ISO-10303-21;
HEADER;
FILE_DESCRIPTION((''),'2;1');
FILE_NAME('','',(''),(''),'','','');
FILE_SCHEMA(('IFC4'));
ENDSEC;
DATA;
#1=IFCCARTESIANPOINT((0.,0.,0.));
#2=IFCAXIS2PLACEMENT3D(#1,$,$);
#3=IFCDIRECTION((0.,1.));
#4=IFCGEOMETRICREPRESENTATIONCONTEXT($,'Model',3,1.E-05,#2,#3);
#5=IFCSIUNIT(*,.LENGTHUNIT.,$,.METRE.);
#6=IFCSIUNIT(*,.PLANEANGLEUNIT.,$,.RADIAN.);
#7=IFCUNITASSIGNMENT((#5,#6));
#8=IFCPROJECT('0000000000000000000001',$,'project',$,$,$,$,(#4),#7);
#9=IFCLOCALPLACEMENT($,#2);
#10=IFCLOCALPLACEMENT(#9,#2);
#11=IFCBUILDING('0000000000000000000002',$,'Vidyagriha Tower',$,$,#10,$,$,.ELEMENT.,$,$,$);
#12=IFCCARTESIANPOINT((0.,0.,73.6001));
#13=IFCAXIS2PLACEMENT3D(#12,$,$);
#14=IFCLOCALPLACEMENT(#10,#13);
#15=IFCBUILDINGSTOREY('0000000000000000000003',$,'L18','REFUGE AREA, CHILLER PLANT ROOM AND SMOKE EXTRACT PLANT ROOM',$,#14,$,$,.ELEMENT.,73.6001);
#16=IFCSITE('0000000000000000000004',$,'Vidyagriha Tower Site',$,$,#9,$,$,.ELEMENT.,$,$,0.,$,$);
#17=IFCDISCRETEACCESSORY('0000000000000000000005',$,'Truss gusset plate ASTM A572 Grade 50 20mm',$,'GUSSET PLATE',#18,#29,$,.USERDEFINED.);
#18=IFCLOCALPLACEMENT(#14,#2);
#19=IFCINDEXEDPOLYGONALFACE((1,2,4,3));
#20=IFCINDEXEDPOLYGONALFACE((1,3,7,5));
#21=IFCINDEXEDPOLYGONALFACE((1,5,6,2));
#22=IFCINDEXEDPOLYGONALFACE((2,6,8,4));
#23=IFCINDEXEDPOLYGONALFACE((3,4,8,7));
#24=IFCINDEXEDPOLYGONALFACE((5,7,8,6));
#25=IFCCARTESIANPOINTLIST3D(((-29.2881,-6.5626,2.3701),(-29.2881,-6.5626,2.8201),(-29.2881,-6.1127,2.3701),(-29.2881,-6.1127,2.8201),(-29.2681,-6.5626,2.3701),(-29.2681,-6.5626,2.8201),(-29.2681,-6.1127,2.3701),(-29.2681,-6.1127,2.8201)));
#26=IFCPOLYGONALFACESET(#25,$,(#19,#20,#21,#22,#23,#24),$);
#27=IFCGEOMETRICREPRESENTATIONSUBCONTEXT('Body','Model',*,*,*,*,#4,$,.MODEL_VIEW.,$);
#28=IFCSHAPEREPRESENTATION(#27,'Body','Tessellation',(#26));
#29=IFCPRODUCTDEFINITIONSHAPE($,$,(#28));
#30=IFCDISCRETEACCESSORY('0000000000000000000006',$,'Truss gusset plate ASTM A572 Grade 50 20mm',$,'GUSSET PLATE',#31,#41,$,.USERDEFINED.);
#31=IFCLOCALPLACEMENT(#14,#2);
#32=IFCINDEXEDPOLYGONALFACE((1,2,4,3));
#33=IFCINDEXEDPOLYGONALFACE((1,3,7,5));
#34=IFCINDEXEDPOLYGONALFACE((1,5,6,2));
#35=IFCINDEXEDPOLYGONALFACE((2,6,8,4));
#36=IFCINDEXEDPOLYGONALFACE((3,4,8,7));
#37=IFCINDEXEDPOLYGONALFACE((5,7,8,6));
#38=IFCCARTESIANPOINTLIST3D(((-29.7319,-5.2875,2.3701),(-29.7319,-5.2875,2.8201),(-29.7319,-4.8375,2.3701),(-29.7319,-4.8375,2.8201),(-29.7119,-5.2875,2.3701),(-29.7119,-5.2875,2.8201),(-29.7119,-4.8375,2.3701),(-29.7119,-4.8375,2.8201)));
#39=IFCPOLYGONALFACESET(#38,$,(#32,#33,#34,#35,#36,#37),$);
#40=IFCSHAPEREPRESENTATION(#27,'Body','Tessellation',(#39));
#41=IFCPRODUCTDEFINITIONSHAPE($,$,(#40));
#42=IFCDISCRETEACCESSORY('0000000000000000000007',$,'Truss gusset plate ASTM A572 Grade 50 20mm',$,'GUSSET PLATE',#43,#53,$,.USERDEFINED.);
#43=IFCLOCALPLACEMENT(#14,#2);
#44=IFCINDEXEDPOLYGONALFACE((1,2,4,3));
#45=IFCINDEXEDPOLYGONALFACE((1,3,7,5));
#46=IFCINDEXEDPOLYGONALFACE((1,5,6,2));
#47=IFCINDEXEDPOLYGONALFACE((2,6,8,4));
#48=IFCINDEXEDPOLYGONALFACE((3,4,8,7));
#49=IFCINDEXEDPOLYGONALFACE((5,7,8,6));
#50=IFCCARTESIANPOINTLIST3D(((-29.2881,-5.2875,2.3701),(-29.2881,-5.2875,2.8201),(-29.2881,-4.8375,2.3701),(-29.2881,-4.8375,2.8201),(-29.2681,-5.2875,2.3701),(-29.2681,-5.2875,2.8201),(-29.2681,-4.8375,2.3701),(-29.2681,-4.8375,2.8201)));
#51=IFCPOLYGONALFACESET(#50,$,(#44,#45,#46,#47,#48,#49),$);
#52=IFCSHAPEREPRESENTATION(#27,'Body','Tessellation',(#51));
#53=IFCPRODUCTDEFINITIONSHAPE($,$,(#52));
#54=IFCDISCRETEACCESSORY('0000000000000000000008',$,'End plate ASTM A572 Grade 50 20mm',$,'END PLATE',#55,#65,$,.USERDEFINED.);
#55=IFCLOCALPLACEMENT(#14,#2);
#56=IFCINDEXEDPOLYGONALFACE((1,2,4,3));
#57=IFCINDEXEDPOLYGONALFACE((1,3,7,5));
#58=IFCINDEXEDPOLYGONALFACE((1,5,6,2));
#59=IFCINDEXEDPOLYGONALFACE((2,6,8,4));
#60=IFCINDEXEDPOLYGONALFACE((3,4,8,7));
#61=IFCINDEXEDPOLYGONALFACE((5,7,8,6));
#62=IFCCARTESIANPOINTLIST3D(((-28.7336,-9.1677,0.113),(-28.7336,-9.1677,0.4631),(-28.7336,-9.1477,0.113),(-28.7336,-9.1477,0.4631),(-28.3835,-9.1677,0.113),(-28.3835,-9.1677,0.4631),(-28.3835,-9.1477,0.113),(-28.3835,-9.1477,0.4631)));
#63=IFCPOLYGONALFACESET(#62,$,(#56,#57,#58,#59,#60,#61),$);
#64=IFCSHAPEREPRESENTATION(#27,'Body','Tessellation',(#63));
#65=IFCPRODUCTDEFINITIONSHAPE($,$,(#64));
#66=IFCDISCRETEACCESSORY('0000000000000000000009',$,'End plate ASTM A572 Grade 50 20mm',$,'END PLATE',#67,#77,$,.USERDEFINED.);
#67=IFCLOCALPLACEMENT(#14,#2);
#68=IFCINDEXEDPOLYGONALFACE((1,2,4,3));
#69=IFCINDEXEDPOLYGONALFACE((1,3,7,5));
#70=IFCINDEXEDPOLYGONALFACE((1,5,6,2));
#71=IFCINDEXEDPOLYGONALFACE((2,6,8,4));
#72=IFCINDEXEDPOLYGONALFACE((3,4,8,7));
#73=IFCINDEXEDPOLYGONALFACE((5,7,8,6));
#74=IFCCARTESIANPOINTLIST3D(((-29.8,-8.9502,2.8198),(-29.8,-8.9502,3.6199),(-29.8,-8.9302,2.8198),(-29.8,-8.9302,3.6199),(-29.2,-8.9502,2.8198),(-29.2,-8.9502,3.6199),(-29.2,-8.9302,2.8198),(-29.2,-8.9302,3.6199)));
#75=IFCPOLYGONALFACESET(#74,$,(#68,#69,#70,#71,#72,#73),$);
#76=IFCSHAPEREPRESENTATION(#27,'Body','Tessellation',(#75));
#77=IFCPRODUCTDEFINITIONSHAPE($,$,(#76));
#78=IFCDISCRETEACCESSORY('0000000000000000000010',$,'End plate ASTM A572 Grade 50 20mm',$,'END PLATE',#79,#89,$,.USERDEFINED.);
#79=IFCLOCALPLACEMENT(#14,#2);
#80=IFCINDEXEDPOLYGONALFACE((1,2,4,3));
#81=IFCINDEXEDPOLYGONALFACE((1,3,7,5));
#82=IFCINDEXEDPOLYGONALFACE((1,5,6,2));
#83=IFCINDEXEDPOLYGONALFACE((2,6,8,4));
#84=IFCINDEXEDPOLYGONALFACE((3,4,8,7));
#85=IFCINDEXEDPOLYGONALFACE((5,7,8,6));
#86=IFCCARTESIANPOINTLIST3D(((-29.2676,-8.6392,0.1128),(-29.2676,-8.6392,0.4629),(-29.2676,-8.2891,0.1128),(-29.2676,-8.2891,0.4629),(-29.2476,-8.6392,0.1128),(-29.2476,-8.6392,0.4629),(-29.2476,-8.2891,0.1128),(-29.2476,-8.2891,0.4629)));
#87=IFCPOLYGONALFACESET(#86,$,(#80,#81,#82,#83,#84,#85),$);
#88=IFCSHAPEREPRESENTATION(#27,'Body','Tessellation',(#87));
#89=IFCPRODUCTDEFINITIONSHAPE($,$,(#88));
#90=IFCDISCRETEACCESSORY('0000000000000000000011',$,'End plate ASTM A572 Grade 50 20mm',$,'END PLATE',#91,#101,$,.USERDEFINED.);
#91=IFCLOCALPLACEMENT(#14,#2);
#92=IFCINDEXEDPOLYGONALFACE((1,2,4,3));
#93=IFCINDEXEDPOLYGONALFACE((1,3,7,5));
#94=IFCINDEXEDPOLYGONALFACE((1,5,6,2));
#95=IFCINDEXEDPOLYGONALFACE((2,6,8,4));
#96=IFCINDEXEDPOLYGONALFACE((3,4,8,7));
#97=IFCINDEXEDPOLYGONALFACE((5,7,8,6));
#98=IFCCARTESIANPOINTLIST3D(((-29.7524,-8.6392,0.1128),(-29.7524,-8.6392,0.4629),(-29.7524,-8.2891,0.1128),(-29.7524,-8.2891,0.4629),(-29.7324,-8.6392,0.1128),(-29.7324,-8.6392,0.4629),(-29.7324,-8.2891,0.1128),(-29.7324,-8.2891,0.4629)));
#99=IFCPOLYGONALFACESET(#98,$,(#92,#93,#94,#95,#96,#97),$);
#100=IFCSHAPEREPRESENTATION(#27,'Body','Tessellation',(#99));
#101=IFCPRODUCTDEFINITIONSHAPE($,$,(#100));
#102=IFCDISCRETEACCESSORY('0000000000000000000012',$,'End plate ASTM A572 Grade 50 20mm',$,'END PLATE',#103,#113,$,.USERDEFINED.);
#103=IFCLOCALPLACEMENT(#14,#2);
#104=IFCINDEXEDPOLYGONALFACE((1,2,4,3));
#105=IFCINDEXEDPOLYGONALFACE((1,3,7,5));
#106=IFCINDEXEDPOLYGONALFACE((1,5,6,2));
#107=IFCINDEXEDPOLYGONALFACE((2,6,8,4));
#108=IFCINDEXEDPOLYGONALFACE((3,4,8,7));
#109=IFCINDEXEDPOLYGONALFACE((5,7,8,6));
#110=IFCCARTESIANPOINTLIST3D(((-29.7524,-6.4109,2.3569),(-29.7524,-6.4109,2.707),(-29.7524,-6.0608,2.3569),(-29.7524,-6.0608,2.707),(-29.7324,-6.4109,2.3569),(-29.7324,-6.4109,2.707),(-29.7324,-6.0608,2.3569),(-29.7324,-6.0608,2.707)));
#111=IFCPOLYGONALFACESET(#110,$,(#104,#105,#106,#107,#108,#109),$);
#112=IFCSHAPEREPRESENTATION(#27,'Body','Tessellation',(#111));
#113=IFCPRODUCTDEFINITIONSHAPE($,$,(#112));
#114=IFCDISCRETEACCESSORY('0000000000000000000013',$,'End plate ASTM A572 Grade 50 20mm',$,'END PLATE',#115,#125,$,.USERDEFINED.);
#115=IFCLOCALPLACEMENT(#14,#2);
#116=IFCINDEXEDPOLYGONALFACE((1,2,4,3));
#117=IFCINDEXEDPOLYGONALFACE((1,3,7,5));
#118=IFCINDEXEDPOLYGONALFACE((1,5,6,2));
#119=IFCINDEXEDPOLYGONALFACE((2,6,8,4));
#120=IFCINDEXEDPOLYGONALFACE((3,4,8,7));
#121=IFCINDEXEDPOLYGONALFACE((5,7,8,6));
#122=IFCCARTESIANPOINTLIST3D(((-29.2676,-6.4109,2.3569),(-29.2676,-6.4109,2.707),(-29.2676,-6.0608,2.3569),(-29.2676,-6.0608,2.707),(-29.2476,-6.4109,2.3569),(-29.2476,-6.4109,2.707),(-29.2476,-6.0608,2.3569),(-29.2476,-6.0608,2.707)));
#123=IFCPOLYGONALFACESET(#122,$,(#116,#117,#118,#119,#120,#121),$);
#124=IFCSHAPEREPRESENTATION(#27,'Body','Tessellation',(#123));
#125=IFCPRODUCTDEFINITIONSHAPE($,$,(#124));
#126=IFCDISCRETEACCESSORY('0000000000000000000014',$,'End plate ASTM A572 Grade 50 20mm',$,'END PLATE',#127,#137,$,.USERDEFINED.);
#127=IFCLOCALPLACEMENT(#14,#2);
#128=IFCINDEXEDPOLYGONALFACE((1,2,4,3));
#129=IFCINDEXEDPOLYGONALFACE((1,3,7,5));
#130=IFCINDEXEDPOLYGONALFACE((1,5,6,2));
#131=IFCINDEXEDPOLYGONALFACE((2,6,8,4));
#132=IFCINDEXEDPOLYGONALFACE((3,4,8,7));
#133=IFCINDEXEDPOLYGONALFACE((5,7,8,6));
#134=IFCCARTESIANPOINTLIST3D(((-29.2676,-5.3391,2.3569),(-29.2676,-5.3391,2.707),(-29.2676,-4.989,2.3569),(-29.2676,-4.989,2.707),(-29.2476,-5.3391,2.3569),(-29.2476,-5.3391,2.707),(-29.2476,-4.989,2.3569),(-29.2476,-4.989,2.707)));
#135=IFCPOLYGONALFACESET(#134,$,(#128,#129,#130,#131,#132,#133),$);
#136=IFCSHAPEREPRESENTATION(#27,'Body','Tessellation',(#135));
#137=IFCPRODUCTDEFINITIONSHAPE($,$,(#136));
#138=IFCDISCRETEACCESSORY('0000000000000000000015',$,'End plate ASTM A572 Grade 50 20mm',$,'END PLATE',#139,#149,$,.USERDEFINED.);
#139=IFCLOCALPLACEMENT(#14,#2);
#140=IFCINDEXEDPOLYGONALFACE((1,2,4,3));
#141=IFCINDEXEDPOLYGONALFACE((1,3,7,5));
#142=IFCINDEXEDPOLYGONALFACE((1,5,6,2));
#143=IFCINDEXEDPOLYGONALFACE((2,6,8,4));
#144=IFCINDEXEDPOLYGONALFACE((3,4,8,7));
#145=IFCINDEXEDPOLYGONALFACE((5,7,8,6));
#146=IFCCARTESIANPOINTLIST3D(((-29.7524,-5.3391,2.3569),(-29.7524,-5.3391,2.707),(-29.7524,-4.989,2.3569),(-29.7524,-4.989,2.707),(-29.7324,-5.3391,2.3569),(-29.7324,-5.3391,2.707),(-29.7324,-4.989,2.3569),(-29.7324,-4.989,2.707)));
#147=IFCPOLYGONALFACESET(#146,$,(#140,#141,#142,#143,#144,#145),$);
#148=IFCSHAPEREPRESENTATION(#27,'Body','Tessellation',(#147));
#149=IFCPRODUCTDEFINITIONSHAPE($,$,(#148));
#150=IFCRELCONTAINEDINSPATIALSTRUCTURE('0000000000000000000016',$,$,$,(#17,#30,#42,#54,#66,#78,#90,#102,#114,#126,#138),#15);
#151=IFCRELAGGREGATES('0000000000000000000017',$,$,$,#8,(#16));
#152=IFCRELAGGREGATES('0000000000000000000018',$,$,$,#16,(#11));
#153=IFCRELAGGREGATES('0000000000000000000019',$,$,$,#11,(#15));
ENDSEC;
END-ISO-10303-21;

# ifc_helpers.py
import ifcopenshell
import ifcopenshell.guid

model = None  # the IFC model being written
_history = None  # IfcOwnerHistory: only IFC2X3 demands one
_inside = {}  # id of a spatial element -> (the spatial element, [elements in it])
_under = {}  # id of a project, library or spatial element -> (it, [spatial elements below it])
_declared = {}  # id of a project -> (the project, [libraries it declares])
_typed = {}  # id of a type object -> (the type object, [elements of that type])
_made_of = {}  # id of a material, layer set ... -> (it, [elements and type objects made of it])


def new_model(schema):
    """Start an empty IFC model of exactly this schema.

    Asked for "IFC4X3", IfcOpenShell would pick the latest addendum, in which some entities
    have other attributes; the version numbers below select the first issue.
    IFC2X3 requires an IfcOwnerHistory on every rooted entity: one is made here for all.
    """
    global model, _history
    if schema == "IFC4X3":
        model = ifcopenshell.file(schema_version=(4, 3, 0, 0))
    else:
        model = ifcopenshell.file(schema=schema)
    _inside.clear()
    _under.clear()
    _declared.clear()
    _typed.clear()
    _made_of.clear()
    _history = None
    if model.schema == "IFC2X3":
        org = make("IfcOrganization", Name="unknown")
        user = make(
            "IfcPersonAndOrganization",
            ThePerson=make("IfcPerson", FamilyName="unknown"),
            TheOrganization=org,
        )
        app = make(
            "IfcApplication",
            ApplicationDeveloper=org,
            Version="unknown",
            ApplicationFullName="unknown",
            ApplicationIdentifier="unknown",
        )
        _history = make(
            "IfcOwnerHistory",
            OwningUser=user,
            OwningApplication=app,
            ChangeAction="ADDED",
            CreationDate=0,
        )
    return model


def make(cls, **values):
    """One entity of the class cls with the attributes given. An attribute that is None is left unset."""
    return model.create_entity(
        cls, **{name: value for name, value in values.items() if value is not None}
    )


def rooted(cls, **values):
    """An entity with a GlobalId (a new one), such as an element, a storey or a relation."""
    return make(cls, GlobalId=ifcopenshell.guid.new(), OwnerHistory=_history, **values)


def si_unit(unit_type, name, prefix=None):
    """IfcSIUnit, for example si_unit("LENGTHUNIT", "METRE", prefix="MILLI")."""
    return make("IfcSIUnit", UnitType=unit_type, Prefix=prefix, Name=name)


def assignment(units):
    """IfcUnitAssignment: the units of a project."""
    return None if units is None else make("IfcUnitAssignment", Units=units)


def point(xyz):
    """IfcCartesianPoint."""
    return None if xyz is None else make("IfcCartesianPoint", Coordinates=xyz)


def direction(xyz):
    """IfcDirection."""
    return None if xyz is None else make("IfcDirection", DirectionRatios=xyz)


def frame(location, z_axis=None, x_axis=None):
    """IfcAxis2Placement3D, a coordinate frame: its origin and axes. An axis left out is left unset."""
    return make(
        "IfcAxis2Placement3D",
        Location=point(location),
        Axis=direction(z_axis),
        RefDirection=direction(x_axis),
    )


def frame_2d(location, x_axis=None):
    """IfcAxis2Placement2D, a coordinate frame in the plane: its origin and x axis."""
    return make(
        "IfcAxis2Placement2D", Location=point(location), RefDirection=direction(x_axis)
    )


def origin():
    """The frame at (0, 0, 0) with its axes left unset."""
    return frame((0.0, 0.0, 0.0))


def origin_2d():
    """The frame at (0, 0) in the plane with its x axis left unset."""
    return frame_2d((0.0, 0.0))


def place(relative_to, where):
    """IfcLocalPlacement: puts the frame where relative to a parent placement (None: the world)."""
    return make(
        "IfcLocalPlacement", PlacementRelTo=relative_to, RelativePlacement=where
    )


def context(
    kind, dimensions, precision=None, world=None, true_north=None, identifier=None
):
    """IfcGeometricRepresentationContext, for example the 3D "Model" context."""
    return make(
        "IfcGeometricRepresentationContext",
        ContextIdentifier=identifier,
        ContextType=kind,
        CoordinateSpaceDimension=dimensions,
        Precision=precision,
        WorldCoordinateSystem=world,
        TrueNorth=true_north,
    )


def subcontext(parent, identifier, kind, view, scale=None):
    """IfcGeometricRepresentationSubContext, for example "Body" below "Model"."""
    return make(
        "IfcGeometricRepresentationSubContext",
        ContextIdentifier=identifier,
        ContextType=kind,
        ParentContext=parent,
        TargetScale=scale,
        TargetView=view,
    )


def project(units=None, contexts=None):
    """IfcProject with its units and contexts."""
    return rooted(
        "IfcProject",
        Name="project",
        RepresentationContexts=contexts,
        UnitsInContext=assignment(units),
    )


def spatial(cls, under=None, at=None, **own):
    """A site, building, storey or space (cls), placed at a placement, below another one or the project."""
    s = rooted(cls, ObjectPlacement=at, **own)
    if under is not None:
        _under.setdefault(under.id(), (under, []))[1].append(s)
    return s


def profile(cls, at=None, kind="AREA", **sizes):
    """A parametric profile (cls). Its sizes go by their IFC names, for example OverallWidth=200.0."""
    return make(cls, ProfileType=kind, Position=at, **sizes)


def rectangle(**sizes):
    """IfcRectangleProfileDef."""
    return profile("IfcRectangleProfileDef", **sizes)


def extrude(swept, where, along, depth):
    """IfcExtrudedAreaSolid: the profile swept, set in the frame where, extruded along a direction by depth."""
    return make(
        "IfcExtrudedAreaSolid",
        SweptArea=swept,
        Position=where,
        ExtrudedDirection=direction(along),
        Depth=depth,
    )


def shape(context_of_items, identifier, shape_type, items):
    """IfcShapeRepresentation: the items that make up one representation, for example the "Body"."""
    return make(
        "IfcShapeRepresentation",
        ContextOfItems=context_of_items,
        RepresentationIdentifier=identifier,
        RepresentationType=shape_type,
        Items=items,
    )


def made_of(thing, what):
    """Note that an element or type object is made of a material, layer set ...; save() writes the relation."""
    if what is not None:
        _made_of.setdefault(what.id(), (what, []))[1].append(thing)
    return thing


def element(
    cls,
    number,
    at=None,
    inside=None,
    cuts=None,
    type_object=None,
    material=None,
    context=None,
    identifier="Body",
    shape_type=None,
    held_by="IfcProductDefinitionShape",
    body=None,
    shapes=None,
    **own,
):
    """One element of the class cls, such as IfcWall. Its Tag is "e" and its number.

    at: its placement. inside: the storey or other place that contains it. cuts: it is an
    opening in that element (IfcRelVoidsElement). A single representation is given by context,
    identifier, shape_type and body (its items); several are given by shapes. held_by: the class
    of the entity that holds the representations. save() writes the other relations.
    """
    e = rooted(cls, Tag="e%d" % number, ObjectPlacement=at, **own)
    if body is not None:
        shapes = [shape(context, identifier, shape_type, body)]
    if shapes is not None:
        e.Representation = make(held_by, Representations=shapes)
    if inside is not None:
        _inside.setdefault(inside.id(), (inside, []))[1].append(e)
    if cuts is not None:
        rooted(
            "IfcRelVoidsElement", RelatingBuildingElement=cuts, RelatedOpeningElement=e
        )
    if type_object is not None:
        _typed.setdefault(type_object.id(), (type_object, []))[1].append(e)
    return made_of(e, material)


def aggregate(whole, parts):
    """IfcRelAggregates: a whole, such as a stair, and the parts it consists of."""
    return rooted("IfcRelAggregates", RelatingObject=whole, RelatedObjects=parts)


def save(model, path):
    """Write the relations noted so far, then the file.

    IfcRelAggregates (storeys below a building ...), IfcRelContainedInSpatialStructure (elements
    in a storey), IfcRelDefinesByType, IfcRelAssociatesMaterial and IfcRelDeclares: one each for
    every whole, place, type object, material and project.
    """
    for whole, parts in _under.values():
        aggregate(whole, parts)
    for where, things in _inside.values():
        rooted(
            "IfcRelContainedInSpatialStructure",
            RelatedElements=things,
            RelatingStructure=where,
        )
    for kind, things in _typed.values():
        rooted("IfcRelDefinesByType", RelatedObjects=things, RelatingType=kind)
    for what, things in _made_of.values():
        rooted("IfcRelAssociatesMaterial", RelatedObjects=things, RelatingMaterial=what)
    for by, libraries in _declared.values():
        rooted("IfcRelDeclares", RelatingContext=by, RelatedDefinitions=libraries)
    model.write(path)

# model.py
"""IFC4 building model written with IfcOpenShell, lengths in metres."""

from ifc_helpers import new_model, si_unit, direction, frame, origin, origin_2d, place, context, subcontext, project, spatial, rectangle, extrude, element, save


model = new_model("IFC4")

# Units and contexts
model_context = context("Model", 3, precision=1e-05, world=origin(), true_north=direction((0.0, 1.0)))
body_context = subcontext(model_context, "Body", "Model", "MODEL_VIEW")
ifc_project = project(units=[si_unit("LENGTHUNIT", "METRE"), si_unit("PLANEANGLEUNIT", "RADIAN")], contexts=[model_context])

# Site, building, storey
site_placement = place(None, origin())
site = spatial("IfcSite", under=ifc_project, at=site_placement, Name="Vidyagriha Tower Site", CompositionType="ELEMENT", RefElevation=0.0)
building_placement = place(site_placement, origin())
building = spatial("IfcBuilding", under=site, at=building_placement, Name="Vidyagriha Tower", CompositionType="ELEMENT")
storey_placement = place(building_placement, frame((0.0, 0.0, 73.6001)))
storey = spatial("IfcBuildingStorey", under=building, at=storey_placement, Name="L18", Description="REFUGE AREA, CHILLER PLANT ROOM AND SMOKE EXTRACT PLANT ROOM", CompositionType="ELEMENT", Elevation=73.6001)

# Discrete accessories
for number, where, z_axis, x_axis, name in (
    (1, (-29.2781, -6.3376, 2.3701), (0.0, 0.0, 1.0), (0.0, 1.0, 0.0), "Truss gusset plate ASTM A572 Grade 50 20mm"),
    (2, (-29.7219, -5.0625, 2.3701), (0.0, 0.0, 1.0), (0.0, 1.0, 0.0), "Truss gusset plate ASTM A572 Grade 50 20mm"),
    (3, (-29.2781, -5.0625, 2.3701), (0.0, 0.0, 1.0), (0.0, 1.0, 0.0), "Truss gusset plate ASTM A572 Grade 50 20mm"),
):
    element("IfcDiscreteAccessory", number, at=place(storey_placement, frame(where, z_axis=z_axis, x_axis=x_axis)), inside=storey, Name=name, ObjectType="GUSSET PLATE", PredefinedType="USERDEFINED", context=body_context, shape_type="SweptSolid", body=[
        extrude(rectangle(XDim=0.45, YDim=0.02, at=origin_2d()), origin(), (0.0, 0.0, 1.0), 0.45),
    ])
discrete_accessory_1_placement = place(storey_placement, frame((-28.5586, -9.1577, 0.113), z_axis=(0.0, 0.0, 1.0), x_axis=(-1.0, 0.0, 0.0)))
element("IfcDiscreteAccessory", 4, at=discrete_accessory_1_placement, inside=storey, Name="End plate ASTM A572 Grade 50 20mm", ObjectType="END PLATE", PredefinedType="USERDEFINED", context=body_context, shape_type="SweptSolid", body=[
    extrude(rectangle(XDim=0.3501, YDim=0.02, at=origin_2d()), origin(), (0.0, 0.0, 1.0), 0.3501),
])
discrete_accessory_2_placement = place(storey_placement, frame((-29.5, -8.9402, 2.8198), z_axis=(0.0, 0.0, 1.0), x_axis=(0.0, -1.0, 0.0)))
element("IfcDiscreteAccessory", 5, at=discrete_accessory_2_placement, inside=storey, Name="End plate ASTM A572 Grade 50 20mm", ObjectType="END PLATE", PredefinedType="USERDEFINED", context=body_context, shape_type="SweptSolid", body=[
    extrude(rectangle(XDim=0.02, YDim=0.6001, at=origin_2d()), origin(), (0.0, 0.0, 1.0), 0.8),
])
for number, where, z_axis, x_axis, name in (
    (6, (-29.2576, -8.4641, 0.1128), (0.0, 0.0, 1.0), (0.0, -1.0, 0.0), "End plate ASTM A572 Grade 50 20mm"),
    (7, (-29.7424, -8.4641, 0.1128), (0.0, 0.0, 1.0), (0.0, -1.0, 0.0), "End plate ASTM A572 Grade 50 20mm"),
    (8, (-29.7424, -6.2358, 2.3569), (0.0, 0.0, 1.0), (0.0, 1.0, 0.0), "End plate ASTM A572 Grade 50 20mm"),
    (9, (-29.2576, -6.2358, 2.3569), (0.0, 0.0, 1.0), (0.0, 1.0, 0.0), "End plate ASTM A572 Grade 50 20mm"),
    (10, (-29.2576, -5.1641, 2.3569), (0.0, 0.0, 1.0), (0.0, -1.0, 0.0), "End plate ASTM A572 Grade 50 20mm"),
    (11, (-29.7424, -5.1641, 2.3569), (0.0, 0.0, 1.0), (0.0, -1.0, 0.0), "End plate ASTM A572 Grade 50 20mm"),
):
    element("IfcDiscreteAccessory", number, at=place(storey_placement, frame(where, z_axis=z_axis, x_axis=x_axis)), inside=storey, Name=name, ObjectType="END PLATE", PredefinedType="USERDEFINED", context=body_context, shape_type="SweptSolid", body=[
        extrude(rectangle(XDim=0.3501, YDim=0.02, at=origin_2d()), origin(), (0.0, 0.0, 1.0), 0.3501),
    ])

save(model, "model.ifc")
